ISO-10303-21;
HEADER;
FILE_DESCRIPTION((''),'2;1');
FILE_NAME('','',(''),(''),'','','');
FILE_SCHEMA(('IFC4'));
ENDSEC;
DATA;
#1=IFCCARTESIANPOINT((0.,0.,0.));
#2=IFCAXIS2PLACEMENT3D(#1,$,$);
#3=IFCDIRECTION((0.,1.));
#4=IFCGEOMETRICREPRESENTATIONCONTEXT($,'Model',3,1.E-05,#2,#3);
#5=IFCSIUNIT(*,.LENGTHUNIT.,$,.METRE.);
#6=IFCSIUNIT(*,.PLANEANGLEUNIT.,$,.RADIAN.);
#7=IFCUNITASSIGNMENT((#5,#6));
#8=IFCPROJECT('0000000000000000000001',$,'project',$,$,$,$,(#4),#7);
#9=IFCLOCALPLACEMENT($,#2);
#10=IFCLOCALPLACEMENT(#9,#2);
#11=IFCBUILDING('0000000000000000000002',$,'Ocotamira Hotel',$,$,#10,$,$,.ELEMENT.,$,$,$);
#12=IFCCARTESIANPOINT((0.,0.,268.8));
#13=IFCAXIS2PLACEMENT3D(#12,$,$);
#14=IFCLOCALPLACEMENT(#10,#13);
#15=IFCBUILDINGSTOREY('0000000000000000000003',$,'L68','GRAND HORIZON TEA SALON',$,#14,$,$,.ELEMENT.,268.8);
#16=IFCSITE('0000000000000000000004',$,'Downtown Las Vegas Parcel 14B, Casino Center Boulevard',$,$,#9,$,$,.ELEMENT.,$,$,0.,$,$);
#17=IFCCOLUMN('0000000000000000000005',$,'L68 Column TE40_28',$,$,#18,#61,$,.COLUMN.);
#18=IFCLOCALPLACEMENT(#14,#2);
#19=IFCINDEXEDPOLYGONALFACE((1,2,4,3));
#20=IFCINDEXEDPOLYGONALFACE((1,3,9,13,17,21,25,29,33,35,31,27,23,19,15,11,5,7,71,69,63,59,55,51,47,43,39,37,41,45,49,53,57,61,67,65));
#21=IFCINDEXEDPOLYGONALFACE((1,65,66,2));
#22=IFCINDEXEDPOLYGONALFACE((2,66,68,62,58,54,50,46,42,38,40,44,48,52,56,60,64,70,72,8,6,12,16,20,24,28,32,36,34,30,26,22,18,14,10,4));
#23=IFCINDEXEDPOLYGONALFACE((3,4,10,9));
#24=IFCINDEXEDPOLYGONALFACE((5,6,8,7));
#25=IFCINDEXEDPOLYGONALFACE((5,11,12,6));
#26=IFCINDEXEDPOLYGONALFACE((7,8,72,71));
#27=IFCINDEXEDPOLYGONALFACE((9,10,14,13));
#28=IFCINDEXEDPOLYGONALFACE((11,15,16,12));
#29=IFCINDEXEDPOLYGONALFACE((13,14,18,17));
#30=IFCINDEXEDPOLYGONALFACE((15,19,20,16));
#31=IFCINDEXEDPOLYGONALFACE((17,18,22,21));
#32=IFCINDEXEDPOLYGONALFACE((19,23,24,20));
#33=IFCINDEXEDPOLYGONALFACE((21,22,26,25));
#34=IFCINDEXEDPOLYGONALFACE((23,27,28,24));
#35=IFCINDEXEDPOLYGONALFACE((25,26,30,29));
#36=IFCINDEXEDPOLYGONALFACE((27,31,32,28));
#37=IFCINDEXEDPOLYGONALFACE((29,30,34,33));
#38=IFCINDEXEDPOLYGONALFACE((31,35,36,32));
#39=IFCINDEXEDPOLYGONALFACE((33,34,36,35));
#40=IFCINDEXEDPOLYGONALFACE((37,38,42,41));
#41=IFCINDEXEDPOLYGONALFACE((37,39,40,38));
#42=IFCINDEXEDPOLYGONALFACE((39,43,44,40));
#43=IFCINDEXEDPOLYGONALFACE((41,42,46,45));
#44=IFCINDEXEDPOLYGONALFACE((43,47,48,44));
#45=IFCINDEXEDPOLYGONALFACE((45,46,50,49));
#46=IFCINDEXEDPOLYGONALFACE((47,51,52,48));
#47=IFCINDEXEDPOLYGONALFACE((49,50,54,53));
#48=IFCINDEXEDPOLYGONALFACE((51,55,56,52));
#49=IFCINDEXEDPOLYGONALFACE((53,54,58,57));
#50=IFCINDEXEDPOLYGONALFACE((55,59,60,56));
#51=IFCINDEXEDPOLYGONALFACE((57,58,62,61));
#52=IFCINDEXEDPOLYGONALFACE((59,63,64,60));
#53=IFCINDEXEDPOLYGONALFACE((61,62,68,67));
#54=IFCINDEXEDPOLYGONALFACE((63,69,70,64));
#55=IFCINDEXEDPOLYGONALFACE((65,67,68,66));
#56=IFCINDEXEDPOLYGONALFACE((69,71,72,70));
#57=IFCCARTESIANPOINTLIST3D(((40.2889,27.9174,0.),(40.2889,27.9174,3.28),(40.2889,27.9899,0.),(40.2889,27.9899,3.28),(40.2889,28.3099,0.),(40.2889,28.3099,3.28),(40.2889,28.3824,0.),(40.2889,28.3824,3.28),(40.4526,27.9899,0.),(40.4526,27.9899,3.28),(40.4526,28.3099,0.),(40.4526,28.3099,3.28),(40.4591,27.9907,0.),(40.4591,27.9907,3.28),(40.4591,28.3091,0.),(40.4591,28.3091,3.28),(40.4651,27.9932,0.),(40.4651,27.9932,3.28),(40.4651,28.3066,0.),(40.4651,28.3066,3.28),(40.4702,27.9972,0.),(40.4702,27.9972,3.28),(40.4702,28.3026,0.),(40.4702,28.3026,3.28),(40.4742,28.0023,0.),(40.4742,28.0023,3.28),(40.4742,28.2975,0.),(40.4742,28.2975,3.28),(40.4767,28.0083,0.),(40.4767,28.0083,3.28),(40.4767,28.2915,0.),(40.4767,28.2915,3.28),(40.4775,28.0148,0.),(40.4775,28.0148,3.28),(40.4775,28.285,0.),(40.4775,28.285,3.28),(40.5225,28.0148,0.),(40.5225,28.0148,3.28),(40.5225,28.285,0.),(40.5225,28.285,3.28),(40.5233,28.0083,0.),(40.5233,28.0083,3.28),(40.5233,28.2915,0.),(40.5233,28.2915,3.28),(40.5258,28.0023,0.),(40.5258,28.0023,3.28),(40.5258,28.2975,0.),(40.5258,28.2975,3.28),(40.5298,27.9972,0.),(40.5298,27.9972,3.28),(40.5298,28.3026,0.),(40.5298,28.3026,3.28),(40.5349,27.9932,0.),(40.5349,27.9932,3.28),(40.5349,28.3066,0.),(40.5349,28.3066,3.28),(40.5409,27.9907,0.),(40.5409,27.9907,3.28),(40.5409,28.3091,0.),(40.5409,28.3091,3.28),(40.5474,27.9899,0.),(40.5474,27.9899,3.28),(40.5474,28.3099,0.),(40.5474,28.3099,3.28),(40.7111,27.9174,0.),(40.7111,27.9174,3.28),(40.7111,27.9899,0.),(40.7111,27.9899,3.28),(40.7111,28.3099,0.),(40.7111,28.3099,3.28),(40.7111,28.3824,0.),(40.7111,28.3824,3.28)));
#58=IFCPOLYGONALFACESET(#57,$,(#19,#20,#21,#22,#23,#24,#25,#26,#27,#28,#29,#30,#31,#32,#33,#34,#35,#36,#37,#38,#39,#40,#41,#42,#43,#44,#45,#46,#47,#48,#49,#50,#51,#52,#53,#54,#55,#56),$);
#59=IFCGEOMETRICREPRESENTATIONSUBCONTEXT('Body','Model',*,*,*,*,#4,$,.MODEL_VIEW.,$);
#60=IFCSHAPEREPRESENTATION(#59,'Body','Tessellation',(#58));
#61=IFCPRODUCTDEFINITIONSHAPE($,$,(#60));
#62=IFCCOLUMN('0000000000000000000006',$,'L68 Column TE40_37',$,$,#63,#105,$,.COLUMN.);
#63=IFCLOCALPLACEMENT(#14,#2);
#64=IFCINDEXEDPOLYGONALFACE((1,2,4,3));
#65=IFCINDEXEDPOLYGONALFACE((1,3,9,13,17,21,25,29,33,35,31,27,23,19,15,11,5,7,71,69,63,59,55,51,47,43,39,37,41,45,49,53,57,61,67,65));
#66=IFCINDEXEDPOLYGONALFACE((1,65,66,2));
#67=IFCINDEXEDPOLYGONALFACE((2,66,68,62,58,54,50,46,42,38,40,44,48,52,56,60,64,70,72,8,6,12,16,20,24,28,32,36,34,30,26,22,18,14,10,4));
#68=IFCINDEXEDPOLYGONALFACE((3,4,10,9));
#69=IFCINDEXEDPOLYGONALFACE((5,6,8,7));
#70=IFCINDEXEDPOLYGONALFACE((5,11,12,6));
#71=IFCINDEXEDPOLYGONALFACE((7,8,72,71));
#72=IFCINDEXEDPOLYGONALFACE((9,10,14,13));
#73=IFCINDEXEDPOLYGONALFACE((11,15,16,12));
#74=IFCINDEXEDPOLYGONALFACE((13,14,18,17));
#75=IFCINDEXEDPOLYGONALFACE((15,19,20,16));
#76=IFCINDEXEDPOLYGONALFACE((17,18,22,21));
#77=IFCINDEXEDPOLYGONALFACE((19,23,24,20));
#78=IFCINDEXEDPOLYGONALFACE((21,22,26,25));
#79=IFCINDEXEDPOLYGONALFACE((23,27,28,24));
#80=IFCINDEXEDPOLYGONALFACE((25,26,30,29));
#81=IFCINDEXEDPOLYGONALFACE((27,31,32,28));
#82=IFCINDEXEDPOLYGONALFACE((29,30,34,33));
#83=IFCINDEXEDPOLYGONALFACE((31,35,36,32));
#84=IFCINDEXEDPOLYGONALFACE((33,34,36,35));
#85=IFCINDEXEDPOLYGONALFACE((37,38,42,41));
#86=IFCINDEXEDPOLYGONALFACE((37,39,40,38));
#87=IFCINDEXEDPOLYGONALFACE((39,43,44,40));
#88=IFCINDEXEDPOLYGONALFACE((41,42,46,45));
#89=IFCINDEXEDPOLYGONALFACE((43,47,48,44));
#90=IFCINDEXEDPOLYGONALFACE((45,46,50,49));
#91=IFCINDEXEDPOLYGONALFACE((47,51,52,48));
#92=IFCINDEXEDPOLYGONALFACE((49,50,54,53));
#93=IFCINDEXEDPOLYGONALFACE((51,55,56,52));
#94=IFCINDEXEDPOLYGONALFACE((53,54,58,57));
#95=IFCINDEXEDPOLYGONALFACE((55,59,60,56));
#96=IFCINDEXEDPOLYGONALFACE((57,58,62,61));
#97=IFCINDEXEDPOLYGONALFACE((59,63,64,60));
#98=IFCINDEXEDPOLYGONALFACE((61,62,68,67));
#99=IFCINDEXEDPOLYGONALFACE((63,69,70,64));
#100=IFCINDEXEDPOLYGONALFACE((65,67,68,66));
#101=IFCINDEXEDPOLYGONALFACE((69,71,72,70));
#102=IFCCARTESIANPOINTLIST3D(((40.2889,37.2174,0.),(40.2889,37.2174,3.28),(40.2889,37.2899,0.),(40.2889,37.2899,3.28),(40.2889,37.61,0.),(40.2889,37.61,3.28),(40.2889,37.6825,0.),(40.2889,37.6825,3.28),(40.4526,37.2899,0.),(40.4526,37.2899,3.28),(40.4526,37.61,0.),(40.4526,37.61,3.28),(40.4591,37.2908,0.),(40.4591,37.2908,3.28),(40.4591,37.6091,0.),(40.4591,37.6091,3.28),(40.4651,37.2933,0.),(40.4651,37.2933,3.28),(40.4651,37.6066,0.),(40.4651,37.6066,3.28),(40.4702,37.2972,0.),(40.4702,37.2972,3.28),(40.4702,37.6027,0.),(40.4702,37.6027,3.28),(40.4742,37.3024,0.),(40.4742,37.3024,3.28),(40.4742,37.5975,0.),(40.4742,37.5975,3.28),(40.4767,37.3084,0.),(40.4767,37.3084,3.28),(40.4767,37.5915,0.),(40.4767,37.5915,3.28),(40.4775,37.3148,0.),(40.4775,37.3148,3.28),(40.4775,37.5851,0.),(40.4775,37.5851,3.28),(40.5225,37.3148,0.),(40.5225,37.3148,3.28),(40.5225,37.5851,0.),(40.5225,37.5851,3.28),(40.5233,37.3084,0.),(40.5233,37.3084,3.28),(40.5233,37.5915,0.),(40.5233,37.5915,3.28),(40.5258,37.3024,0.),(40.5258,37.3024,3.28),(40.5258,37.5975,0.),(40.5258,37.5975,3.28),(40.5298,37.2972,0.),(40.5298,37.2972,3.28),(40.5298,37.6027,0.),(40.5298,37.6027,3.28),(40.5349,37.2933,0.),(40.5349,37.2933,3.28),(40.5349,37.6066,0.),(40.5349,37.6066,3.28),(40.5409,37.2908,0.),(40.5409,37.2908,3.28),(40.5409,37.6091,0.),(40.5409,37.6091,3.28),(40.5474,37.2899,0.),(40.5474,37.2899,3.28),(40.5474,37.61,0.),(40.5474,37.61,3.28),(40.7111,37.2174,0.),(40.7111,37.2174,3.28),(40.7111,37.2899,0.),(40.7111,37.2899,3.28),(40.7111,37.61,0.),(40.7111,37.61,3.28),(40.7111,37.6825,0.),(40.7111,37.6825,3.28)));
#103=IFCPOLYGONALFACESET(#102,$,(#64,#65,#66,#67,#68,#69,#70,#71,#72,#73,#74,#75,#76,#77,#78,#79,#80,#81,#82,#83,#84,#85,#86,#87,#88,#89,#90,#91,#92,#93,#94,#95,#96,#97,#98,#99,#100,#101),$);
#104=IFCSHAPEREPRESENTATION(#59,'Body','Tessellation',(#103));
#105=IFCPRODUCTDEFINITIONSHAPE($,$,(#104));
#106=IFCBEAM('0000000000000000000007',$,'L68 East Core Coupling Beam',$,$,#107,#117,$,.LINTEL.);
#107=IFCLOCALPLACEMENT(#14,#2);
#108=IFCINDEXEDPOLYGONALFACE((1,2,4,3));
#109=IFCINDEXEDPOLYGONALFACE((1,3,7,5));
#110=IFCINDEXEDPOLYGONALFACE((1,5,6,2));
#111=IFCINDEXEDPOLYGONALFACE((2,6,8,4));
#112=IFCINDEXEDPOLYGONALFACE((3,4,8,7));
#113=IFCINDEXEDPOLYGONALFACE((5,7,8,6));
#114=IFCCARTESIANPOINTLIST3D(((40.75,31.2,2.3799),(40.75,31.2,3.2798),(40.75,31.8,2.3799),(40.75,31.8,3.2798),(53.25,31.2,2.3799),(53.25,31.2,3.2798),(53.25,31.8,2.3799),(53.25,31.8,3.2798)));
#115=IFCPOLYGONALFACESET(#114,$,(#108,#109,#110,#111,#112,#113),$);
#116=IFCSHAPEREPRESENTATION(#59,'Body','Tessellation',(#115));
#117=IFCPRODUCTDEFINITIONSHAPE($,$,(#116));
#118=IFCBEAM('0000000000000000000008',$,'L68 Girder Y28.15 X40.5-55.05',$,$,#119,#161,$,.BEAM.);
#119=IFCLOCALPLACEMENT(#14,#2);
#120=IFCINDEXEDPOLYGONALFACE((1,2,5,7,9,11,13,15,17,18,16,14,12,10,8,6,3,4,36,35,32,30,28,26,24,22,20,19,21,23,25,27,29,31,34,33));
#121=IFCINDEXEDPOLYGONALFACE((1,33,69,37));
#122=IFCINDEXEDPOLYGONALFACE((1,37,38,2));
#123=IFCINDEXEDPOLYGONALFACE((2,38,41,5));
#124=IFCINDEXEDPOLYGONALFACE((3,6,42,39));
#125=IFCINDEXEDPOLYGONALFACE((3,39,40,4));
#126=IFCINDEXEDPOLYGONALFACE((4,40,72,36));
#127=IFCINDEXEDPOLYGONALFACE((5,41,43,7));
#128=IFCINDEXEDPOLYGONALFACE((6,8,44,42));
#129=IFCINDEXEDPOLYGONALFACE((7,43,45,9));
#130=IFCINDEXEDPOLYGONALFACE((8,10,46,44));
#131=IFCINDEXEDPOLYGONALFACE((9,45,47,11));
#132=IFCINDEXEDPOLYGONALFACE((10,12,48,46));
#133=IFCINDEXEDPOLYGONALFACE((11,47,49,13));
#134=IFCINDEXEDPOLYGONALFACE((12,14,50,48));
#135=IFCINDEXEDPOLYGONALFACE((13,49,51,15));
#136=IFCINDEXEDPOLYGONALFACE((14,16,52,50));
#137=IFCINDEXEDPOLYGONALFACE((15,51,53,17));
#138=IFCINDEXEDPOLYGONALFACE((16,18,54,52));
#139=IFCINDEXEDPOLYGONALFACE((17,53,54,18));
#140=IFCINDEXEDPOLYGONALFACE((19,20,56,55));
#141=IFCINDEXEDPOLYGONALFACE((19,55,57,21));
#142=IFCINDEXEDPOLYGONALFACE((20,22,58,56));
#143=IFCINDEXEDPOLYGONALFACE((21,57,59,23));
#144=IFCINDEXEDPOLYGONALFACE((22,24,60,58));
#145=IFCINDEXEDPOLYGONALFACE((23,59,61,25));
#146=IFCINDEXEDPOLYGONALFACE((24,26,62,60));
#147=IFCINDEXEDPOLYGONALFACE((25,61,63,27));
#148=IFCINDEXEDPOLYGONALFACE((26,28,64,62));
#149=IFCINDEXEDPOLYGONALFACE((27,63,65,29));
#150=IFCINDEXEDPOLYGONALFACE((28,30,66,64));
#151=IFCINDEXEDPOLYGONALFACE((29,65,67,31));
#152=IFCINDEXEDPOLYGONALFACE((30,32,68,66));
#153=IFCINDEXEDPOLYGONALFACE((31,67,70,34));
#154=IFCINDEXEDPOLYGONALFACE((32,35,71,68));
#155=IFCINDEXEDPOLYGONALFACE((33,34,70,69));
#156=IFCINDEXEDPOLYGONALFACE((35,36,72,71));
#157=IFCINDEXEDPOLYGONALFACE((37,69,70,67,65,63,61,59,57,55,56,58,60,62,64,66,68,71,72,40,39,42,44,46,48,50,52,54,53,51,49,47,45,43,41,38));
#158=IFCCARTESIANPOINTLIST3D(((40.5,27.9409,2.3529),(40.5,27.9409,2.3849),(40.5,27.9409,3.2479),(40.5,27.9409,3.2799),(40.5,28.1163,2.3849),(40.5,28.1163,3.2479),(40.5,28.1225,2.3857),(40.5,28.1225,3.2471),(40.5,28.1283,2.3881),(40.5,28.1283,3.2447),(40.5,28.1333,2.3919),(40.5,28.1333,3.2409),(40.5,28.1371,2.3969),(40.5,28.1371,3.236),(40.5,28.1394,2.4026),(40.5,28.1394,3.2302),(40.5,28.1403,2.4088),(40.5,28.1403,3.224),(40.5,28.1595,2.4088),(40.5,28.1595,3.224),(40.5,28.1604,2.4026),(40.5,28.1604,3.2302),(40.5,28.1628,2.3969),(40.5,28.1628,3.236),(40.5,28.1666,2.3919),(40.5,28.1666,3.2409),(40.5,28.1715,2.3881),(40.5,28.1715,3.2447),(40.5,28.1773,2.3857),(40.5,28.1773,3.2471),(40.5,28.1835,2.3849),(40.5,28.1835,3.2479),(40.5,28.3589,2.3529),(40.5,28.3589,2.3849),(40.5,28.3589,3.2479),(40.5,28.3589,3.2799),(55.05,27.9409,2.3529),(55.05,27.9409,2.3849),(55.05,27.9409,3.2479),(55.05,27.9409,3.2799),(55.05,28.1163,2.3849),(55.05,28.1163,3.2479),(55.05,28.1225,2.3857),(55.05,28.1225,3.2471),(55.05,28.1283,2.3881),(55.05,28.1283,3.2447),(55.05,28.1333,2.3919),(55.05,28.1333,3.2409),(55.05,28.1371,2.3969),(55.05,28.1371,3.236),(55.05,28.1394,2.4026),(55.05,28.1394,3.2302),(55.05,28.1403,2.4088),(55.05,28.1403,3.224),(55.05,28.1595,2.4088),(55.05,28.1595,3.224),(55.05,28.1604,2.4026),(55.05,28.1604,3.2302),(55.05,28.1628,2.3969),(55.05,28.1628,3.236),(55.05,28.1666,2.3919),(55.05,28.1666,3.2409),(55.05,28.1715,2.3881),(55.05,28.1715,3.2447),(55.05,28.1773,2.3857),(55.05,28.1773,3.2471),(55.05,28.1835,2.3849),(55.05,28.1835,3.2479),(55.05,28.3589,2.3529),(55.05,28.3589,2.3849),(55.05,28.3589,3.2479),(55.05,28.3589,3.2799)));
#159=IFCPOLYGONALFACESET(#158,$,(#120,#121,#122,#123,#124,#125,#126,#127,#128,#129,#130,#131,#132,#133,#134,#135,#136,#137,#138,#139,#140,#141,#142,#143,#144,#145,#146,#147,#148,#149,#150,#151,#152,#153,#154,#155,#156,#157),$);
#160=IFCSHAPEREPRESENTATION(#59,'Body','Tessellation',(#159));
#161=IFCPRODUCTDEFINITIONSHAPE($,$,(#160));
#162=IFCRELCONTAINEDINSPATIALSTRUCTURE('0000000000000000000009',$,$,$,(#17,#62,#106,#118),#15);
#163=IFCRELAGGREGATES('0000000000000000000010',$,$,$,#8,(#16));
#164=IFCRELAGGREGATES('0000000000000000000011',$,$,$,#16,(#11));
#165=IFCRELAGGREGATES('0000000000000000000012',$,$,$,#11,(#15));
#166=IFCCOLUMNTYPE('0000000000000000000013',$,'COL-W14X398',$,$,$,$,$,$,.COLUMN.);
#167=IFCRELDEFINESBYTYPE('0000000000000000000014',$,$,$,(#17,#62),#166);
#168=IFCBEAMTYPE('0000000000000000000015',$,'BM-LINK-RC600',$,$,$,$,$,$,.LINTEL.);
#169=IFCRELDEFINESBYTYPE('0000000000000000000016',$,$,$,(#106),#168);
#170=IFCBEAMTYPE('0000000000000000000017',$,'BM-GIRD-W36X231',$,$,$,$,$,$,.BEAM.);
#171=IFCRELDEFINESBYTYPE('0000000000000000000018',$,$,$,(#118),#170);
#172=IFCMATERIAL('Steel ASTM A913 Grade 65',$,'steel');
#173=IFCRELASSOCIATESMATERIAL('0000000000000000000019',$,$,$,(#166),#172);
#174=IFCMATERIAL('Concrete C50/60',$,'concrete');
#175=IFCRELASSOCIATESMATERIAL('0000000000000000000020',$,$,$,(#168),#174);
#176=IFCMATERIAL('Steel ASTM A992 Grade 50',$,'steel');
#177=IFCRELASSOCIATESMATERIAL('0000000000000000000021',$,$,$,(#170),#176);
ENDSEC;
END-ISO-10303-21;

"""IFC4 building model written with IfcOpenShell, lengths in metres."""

from ifc_helpers import new_model, si_unit, direction, frame, origin, origin_2d, place, context, subcontext, project, spatial, rectangle, i_section, extrude, source, transform, mapped, material, material_profile, profile_set, type_object, element, save


model = new_model("IFC4")

# Units and contexts
model_context = context("Model", 3, precision=1e-05, world=origin(), true_north=direction((0.0, 1.0)))
body_context = subcontext(model_context, "Body", "Model", "MODEL_VIEW")
ifc_project = project(units=[si_unit("LENGTHUNIT", "METRE"), si_unit("PLANEANGLEUNIT", "RADIAN")], contexts=[model_context])

# Site, building, storey
site_placement = place(None, origin())
site = spatial("IfcSite", under=ifc_project, at=site_placement, Name="Downtown Las Vegas Parcel 14B, Casino Center Boulevard", CompositionType="ELEMENT", RefElevation=0.0)
building_placement = place(site_placement, origin())
building = spatial("IfcBuilding", under=site, at=building_placement, Name="Ocotamira Hotel", CompositionType="ELEMENT")
storey_placement = place(building_placement, frame((0.0, 0.0, 268.8)))
storey = spatial("IfcBuildingStorey", under=building, at=storey_placement, Name="L68", Description="GRAND HORIZON TEA SALON", CompositionType="ELEMENT", Elevation=268.8)

# Columns
ifc_material_1 = material(Name="Steel ASTM A913 Grade 65", Category="steel")
ifc_material_profile_1 = material_profile(ifc_material_1, i_section(OverallWidth=0.4221, OverallDepth=0.4651, WebThickness=0.0449, FlangeThickness=0.0725, FilletRadius=0.0249, at=origin_2d()), Name="W14X398")
ifc_profile_set_1 = profile_set([ifc_material_profile_1], Name="Steel ASTM A913 Grade 65")
column_type = type_object("IfcColumnType", Name="COL-W14X398", PredefinedType="COLUMN", material=ifc_profile_set_1)
shared_shape_1 = source(origin(), body_context, "Body", "SweptSolid", [
    extrude(i_section(OverallWidth=0.4221, OverallDepth=0.4651, WebThickness=0.0449, FlangeThickness=0.0725, FilletRadius=0.0249, at=origin_2d()), origin(), (0.0, 0.0, 1.0), 3.28),
])
for number, where, z_axis, x_axis, name in (
    (1, (40.5, 28.1499, 0.0), (0.0, 0.0, 1.0), (1.0, 0.0, 0.0), "L68 Column TE40_28"),
    (2, (40.5, 37.45, 0.0), (0.0, 0.0, 1.0), (1.0, 0.0, 0.0), "L68 Column TE40_37"),
):
    element("IfcColumn", number, at=place(storey_placement, frame(where, z_axis=z_axis, x_axis=x_axis)), inside=storey, type_object=column_type, Name=name, PredefinedType="COLUMN", context=body_context, shape_type="MappedRepresentation", body=[
        mapped(shared_shape_1, transform((0.0, 0.0, 0.0), scale=1.0)),
    ])

# Beams
ifc_material_2 = material(Name="Concrete C50/60", Category="concrete")
ifc_material_profile_2 = material_profile(ifc_material_2, rectangle(XDim=0.6001, YDim=0.8999, at=origin_2d()), Name="RC600X900")
ifc_profile_set_2 = profile_set([ifc_material_profile_2], Name="Concrete C50/60")
beam_type_1 = type_object("IfcBeamType", Name="BM-LINK-RC600", PredefinedType="LINTEL", material=ifc_profile_set_2)
shared_shape_2 = source(origin(), body_context, "Body", "SweptSolid", [
    extrude(rectangle(XDim=0.6001, YDim=0.8999, at=origin_2d()), origin(), (0.0, 0.0, 1.0), 12.5),
])
beam_1_placement = place(storey_placement, frame((40.75, 31.5, 2.8298), z_axis=(1.0, 0.0, 0.0), x_axis=(0.0, 1.0, 0.0)))
element("IfcBeam", 3, at=beam_1_placement, inside=storey, type_object=beam_type_1, Name="L68 East Core Coupling Beam", PredefinedType="LINTEL", context=body_context, shape_type="MappedRepresentation", body=[
    mapped(shared_shape_2, transform((0.0, 0.0, 0.0), scale=1.0)),
])
ifc_material_3 = material(Name="Steel ASTM A992 Grade 50", Category="steel")
ifc_material_profile_3 = material_profile(ifc_material_3, i_section(OverallWidth=0.418, OverallDepth=0.927, WebThickness=0.0193, FlangeThickness=0.032, FilletRadius=0.0239, at=origin_2d()), Name="W36X231")
ifc_profile_set_3 = profile_set([ifc_material_profile_3], Name="Steel ASTM A992 Grade 50")
beam_type_2 = type_object("IfcBeamType", Name="BM-GIRD-W36X231", PredefinedType="BEAM", material=ifc_profile_set_3)
shared_shape_3 = source(origin(), body_context, "Body", "SweptSolid", [
    extrude(i_section(OverallWidth=0.418, OverallDepth=0.927, WebThickness=0.0193, FlangeThickness=0.032, FilletRadius=0.0239, at=origin_2d()), origin(), (0.0, 0.0, 1.0), 14.55),
])
for number, where, z_axis, x_axis, name in (
    (4, (40.5, 28.1499, 2.8164), (1.0, 0.0, 0.0), (0.0, 1.0, 0.0), "L68 Girder Y28.15 X40.5-55.05"),
):
    element("IfcBeam", number, at=place(storey_placement, frame(where, z_axis=z_axis, x_axis=x_axis)), inside=storey, type_object=beam_type_2, Name=name, PredefinedType="BEAM", context=body_context, shape_type="MappedRepresentation", body=[
        mapped(shared_shape_3, transform((0.0, 0.0, 0.0), scale=1.0)),
    ])

save(model, "model.ifc")
